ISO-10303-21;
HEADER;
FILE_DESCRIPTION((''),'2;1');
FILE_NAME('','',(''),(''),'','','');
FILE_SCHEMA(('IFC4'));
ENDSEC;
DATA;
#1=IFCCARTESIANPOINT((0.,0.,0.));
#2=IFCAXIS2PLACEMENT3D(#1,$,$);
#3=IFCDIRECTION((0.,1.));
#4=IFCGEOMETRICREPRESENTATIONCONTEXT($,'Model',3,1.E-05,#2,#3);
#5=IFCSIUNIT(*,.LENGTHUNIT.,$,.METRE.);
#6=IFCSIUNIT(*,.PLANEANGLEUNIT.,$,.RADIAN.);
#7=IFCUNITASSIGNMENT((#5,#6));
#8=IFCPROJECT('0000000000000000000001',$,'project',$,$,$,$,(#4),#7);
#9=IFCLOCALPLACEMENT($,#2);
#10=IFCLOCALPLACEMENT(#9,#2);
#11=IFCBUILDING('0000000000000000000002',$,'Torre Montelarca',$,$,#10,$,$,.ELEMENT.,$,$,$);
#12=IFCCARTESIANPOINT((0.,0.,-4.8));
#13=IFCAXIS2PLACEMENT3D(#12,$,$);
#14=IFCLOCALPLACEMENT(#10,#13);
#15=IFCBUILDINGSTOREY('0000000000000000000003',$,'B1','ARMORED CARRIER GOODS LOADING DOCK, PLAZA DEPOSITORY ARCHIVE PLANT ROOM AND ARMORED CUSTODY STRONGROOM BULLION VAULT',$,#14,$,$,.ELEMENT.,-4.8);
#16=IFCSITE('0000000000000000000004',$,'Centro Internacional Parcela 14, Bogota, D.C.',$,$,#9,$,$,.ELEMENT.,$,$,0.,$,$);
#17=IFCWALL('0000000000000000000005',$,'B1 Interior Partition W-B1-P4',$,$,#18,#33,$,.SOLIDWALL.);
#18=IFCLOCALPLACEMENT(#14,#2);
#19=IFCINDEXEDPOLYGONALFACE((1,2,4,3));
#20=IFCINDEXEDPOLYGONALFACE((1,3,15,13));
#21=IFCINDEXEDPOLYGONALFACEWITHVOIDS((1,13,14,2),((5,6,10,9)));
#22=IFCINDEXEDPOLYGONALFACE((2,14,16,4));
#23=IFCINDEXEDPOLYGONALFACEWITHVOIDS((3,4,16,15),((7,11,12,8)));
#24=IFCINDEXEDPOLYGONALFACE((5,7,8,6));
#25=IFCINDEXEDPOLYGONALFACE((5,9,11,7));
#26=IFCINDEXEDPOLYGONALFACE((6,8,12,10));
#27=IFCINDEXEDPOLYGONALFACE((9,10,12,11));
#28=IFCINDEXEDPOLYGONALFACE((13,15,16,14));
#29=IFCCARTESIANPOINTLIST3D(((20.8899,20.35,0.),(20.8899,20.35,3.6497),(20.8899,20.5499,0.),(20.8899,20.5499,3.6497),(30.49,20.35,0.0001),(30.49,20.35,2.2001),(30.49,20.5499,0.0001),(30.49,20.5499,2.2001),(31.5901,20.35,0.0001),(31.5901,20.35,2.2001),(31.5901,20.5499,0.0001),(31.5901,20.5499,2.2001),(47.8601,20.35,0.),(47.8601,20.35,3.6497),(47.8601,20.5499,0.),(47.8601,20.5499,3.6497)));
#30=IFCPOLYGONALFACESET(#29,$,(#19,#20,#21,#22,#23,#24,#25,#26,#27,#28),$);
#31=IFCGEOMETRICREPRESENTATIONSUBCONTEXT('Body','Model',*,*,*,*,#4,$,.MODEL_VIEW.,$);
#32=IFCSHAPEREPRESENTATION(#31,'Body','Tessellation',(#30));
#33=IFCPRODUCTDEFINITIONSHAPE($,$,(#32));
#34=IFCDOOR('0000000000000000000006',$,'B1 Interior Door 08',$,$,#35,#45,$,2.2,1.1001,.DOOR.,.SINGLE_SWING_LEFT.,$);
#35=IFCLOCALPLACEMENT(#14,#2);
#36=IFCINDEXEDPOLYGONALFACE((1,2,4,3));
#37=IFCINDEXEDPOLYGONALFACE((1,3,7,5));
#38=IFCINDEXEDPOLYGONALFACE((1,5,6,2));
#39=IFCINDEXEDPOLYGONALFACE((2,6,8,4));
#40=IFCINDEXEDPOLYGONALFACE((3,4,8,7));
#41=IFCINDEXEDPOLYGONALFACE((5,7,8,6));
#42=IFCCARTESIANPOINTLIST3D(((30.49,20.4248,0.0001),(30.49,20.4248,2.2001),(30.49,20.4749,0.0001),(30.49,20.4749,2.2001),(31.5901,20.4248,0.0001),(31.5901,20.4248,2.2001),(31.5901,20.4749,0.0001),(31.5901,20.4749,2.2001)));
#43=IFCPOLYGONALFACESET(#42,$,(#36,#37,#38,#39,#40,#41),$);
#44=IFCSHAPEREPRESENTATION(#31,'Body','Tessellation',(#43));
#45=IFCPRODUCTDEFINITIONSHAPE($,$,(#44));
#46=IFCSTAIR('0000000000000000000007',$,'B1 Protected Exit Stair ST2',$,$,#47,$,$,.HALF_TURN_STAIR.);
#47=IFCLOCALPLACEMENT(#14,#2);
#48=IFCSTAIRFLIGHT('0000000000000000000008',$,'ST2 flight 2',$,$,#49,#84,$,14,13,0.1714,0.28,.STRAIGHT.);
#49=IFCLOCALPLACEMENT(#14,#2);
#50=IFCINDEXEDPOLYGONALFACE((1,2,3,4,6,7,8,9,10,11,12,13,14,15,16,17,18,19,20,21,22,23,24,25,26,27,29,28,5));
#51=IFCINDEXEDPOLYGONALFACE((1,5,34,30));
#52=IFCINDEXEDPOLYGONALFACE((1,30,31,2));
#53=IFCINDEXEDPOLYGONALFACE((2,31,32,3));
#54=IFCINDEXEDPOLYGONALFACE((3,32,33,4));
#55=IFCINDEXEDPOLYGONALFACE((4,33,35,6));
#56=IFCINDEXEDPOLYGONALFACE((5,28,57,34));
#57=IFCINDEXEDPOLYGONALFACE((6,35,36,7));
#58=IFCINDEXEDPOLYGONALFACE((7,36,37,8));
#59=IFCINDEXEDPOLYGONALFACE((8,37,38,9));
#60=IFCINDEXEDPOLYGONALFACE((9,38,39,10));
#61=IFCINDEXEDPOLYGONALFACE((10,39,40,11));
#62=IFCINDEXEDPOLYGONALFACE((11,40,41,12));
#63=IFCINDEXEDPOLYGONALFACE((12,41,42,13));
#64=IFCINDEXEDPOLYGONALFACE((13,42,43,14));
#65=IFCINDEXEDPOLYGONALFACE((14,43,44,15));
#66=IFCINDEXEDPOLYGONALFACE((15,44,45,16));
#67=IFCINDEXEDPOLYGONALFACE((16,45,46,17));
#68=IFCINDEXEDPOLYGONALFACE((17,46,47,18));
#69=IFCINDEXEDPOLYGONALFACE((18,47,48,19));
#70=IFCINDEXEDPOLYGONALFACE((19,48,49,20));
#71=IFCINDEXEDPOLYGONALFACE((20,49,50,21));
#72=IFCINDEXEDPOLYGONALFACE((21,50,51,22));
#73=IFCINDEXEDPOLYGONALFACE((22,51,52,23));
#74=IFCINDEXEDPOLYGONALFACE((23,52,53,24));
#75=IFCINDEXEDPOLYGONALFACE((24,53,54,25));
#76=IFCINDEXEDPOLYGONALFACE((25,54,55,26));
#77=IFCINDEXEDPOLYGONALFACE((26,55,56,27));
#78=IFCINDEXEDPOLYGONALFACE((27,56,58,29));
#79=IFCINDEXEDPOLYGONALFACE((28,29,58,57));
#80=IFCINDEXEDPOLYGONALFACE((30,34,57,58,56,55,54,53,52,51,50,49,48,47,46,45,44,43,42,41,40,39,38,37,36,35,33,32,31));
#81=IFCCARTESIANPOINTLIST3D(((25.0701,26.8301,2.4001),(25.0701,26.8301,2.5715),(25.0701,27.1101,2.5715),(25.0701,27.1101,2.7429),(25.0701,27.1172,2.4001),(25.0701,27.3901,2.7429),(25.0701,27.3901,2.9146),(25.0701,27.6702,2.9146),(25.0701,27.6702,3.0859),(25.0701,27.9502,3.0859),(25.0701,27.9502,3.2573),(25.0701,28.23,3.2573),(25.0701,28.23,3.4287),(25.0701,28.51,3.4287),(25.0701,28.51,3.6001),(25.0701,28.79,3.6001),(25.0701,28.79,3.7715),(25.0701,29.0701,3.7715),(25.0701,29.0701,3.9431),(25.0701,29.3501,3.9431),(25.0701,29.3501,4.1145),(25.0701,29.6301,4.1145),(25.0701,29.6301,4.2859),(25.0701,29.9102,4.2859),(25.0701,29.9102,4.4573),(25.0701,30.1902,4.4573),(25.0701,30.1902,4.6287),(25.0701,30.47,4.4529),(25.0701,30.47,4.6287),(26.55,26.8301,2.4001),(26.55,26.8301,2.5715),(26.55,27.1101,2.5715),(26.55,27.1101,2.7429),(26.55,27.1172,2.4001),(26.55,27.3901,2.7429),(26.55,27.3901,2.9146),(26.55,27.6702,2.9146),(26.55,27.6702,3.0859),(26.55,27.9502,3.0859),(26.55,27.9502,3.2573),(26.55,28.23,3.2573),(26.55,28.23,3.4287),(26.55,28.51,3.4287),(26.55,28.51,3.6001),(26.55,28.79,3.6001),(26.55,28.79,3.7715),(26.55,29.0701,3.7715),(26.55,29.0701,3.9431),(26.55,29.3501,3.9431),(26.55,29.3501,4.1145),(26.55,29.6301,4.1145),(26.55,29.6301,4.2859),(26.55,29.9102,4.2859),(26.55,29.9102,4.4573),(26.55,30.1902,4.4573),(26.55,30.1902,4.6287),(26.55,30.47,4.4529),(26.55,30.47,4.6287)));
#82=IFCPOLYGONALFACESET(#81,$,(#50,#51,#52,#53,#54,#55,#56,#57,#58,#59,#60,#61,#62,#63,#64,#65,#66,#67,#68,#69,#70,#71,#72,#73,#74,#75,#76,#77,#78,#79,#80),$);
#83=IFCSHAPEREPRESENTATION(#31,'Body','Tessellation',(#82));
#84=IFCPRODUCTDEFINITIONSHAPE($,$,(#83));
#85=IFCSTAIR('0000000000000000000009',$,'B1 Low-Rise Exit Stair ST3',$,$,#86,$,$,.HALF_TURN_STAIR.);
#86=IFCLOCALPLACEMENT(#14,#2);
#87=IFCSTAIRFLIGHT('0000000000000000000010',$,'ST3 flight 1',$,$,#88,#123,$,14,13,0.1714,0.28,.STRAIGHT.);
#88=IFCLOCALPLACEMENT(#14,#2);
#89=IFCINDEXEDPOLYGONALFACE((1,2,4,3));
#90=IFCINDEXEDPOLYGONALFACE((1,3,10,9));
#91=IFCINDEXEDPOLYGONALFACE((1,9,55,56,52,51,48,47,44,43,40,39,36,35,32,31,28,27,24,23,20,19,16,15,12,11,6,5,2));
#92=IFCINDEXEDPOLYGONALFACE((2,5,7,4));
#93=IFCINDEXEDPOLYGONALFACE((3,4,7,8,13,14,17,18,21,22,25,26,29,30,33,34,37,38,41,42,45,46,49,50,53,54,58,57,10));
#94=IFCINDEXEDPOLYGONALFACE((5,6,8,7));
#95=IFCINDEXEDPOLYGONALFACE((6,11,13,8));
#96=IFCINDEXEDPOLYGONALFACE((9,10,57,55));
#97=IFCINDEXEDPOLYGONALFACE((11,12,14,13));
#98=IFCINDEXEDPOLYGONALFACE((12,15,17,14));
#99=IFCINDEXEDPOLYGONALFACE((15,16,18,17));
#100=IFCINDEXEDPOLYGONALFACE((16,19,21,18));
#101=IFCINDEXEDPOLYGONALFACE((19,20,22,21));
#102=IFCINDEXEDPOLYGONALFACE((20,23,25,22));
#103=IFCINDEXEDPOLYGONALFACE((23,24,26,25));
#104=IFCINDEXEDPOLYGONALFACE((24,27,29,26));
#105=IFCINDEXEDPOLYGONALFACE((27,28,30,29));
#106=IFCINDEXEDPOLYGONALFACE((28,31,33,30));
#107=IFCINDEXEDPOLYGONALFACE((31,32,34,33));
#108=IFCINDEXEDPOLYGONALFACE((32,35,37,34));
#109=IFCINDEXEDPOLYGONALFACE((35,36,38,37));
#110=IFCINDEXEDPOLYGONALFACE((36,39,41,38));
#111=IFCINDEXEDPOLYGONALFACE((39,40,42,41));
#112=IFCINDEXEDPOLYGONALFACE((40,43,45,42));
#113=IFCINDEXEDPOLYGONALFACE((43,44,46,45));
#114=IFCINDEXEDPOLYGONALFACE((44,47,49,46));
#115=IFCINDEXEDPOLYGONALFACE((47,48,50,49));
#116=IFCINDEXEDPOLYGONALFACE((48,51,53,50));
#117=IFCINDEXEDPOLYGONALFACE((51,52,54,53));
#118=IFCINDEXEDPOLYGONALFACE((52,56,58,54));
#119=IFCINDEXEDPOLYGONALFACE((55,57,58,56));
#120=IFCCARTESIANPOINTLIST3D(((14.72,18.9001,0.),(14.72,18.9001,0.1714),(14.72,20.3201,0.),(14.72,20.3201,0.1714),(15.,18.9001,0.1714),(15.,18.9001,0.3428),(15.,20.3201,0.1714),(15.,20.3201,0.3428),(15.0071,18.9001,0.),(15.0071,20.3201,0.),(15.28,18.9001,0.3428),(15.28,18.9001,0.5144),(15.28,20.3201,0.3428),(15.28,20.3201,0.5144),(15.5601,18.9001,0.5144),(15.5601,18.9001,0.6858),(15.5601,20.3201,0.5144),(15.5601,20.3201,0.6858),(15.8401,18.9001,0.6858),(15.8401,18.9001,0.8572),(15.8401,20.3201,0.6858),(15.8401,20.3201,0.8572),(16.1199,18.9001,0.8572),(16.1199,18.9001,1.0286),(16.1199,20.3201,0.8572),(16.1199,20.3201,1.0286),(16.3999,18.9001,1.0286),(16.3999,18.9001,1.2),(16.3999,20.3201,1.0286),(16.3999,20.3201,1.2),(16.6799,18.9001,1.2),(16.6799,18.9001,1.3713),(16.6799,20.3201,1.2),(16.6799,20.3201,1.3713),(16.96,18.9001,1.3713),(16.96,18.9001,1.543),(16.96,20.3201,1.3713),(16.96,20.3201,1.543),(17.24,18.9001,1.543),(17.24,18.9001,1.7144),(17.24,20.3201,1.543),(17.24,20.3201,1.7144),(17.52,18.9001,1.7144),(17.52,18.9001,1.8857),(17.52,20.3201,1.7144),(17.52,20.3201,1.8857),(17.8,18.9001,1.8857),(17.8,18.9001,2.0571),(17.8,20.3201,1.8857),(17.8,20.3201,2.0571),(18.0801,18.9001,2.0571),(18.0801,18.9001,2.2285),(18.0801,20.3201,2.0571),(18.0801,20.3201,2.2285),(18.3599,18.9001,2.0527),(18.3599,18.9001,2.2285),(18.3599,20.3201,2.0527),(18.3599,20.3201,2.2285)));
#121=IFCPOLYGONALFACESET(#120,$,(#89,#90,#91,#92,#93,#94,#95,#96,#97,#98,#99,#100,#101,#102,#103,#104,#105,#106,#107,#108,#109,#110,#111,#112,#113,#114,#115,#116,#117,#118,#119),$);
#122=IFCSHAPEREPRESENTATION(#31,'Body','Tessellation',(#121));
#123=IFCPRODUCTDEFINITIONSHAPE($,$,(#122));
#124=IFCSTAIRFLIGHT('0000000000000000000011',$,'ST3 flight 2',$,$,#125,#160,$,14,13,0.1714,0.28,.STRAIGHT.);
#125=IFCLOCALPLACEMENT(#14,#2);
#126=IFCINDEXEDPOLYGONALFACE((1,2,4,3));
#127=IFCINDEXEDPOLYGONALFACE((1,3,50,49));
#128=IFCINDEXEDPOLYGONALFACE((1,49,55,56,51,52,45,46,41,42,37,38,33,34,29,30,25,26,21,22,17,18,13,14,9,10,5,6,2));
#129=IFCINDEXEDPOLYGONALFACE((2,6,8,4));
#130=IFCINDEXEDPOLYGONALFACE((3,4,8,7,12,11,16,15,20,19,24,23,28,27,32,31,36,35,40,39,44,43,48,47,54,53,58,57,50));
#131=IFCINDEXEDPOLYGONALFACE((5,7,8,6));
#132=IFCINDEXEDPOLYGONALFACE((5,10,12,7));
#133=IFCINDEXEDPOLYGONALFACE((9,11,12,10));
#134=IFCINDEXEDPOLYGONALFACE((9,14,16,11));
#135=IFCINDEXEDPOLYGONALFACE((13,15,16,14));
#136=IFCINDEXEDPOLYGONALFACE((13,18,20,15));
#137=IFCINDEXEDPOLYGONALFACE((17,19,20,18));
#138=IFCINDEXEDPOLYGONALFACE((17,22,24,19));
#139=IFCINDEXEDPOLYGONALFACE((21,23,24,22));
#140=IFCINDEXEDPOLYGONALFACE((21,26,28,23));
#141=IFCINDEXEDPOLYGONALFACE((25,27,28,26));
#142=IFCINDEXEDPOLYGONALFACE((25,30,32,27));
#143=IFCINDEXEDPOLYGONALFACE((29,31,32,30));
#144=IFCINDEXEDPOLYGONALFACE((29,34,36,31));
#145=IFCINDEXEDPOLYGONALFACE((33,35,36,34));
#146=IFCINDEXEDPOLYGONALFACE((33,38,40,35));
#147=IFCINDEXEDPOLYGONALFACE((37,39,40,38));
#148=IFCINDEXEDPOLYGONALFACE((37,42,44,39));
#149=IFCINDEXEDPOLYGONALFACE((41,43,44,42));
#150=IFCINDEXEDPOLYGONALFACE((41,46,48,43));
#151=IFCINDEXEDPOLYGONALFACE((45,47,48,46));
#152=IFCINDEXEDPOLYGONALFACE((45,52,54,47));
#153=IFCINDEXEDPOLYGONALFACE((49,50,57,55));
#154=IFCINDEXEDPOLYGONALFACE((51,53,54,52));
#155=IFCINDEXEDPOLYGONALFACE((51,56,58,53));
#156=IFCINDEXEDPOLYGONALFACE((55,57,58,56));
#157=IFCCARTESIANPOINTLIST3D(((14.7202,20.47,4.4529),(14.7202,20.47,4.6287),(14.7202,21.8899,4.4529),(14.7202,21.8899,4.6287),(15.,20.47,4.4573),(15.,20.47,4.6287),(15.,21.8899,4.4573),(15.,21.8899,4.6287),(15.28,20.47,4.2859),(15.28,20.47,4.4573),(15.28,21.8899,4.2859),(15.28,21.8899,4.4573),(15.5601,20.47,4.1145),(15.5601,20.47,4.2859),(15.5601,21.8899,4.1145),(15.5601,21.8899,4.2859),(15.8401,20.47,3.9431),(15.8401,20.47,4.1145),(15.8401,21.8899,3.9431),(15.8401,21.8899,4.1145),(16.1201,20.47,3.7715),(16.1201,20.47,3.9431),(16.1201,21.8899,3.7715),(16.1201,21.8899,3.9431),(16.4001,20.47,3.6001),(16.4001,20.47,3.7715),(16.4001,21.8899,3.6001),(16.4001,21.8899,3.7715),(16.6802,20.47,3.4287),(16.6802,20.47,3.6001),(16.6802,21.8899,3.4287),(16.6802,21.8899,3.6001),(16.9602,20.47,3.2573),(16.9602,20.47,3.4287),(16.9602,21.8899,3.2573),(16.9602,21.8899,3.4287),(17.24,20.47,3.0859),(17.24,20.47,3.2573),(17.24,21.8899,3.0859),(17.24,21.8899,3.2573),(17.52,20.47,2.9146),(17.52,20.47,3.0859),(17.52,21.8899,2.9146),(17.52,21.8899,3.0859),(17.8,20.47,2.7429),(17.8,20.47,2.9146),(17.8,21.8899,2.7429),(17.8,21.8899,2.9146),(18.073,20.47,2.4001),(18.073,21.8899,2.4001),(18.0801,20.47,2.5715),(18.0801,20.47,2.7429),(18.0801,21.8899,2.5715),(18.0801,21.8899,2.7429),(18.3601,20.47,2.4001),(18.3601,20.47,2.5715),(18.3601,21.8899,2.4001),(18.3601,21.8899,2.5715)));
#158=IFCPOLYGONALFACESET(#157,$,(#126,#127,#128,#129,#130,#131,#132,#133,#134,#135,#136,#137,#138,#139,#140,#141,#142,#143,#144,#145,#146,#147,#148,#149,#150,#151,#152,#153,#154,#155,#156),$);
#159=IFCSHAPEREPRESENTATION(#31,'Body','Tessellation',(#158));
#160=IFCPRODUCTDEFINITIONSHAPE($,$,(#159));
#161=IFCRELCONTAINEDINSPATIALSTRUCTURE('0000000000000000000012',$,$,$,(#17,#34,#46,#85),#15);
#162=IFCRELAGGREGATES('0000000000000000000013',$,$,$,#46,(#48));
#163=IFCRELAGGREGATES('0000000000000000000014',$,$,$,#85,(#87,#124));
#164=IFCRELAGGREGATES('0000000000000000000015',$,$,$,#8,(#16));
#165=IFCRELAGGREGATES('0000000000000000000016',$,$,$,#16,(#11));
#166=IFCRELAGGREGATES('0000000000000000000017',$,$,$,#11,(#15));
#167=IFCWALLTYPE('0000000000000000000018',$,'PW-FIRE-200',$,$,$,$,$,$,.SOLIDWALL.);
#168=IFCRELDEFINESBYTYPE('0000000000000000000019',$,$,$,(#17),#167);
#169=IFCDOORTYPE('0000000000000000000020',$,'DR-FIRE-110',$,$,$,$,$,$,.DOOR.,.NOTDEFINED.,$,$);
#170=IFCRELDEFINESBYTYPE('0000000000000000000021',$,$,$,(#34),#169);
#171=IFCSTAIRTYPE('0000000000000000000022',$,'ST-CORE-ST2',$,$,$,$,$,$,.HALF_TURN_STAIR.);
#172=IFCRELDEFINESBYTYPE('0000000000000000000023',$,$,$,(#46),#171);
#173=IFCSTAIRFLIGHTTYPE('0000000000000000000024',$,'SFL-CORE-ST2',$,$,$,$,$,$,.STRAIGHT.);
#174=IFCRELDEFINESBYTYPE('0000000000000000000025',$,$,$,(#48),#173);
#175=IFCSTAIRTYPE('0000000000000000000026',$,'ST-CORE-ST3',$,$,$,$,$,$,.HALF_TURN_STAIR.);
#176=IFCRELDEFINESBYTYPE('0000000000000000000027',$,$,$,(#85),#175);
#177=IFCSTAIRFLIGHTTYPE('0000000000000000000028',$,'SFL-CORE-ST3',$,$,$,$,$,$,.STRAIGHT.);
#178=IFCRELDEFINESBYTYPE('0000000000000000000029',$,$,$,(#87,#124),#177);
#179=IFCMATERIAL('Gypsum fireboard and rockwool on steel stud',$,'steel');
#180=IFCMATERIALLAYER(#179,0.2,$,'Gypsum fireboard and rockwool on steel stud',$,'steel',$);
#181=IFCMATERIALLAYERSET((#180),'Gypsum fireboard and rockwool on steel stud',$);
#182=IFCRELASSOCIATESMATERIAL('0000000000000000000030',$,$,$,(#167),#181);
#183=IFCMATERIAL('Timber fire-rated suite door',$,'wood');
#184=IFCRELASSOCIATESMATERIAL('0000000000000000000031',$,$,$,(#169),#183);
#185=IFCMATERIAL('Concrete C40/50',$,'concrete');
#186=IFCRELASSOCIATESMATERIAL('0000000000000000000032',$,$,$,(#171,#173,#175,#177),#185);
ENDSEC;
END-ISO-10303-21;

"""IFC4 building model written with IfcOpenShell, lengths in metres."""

from ifc_helpers import new_model, si_unit, direction, frame, frame_2d, origin, place, context, subcontext, project, spatial, polyline, rectangle, outline, extrude, source, transform, mapped, material, layer, layer_set, type_object, element, fill, aggregate, save


model = new_model("IFC4")

# Units and contexts
model_context = context("Model", 3, precision=1e-05, world=origin(), true_north=direction((0.0, 1.0)))
body_context = subcontext(model_context, "Body", "Model", "MODEL_VIEW")
ifc_project = project(units=[si_unit("LENGTHUNIT", "METRE"), si_unit("PLANEANGLEUNIT", "RADIAN")], contexts=[model_context])

# Site, building, storey
site_placement = place(None, origin())
site = spatial("IfcSite", under=ifc_project, at=site_placement, Name="Centro Internacional Parcela 14, Bogota, D.C.", CompositionType="ELEMENT", RefElevation=0.0)
building_placement = place(site_placement, origin())
building = spatial("IfcBuilding", under=site, at=building_placement, Name="Torre Montelarca", CompositionType="ELEMENT")
storey_placement = place(building_placement, frame((0.0, 0.0, -4.8)))
storey = spatial("IfcBuildingStorey", under=building, at=storey_placement, Name="B1", Description="ARMORED CARRIER GOODS LOADING DOCK, PLAZA DEPOSITORY ARCHIVE PLANT ROOM AND ARMORED CUSTODY STRONGROOM BULLION VAULT", CompositionType="ELEMENT", Elevation=-4.8)

# Shared definitions
ifc_material_1 = material(Name="Concrete C40/50", Category="concrete")

# Wall, opening, door
ifc_material_2 = material(Name="Gypsum fireboard and rockwool on steel stud", Category="steel")
ifc_layer_1 = layer(ifc_material_2, 0.2, Name="Gypsum fireboard and rockwool on steel stud", Category="steel")
ifc_layer_set_1 = layer_set([ifc_layer_1], Name="Gypsum fireboard and rockwool on steel stud")
wall_type_1 = type_object("IfcWallType", Name="PW-FIRE-200", PredefinedType="SOLIDWALL", material=ifc_layer_set_1)
wall_1_placement = place(storey_placement, frame((20.8899, 20.45, 0.0), z_axis=(0.0, 0.0, 1.0), x_axis=(1.0, 0.0, 0.0)))
wall_1 = element("IfcWall", 1, at=wall_1_placement, inside=storey, type_object=wall_type_1, Name="B1 Interior Partition W-B1-P4", PredefinedType="SOLIDWALL", context=body_context, shape_type="SweptSolid", body=[
    extrude(rectangle(XDim=26.9702, YDim=0.2, at=frame_2d((13.4851, 0.0))), origin(), (0.0, 0.0, 1.0), 3.6497),
])
opening_1_placement = place(wall_1_placement, frame((9.6001, 0.0, 0.0)))
opening_1 = element("IfcOpeningElement", 2, at=opening_1_placement, cuts=wall_1, PredefinedType="OPENING", context=body_context, shape_type="SweptSolid", body=[
    extrude(rectangle(XDim=1.1001, YDim=2.2, at=frame_2d((0.55, 1.1001))), frame((0.0, 0.1099, 0.0), z_axis=(0.0, -1.0, 0.0), x_axis=(1.0, 0.0, 0.0)), (0.0, 0.0, 1.0), 0.22),
])
ifc_material_3 = material(Name="Timber fire-rated suite door", Category="wood")
door_type_1 = type_object("IfcDoorType", Name="DR-FIRE-110", OperationType="NOTDEFINED", PredefinedType="DOOR", material=ifc_material_3)
shared_shape_1 = source(origin(), body_context, "Body", "SweptSolid", [
    extrude(rectangle(XDim=1.1001, YDim=2.2, at=frame_2d((0.55, 1.1001))), frame((0.0, 0.0249, 0.0), z_axis=(0.0, -1.0, 0.0), x_axis=(1.0, 0.0, 0.0)), (0.0, 0.0, 1.0), 0.05),
])
door_1_placement = place(opening_1_placement, origin())
door_1 = element("IfcDoor", 3, at=door_1_placement, inside=storey, type_object=door_type_1, Name="B1 Interior Door 08", OperationType="SINGLE_SWING_LEFT", OverallHeight=2.2, OverallWidth=1.1001, PredefinedType="DOOR", context=body_context, shape_type="MappedRepresentation", body=[
    mapped(shared_shape_1, transform((0.0, 0.0, 0.0), scale=1.0)),
])
fill(opening_1, door_1)

# Stair, stair flight
stair_type_1 = type_object("IfcStairType", Name="ST-CORE-ST2", PredefinedType="HALF_TURN_STAIR", material=ifc_material_1)
stair_1_placement = place(storey_placement, origin())
stair_1 = element("IfcStair", 4, at=stair_1_placement, inside=storey, type_object=stair_type_1, Name="B1 Protected Exit Stair ST2", PredefinedType="HALF_TURN_STAIR")
stair_flight_type_1 = type_object("IfcStairFlightType", Name="SFL-CORE-ST2", PredefinedType="STRAIGHT", material=ifc_material_1)
stair_flight_1_placement = place(storey_placement, frame((25.8101, 26.8301, 2.4001), z_axis=(0.0, 0.0, 1.0), x_axis=(0.0, 1.0, 0.0)))
stair_flight_1 = element("IfcStairFlight", 5, at=stair_flight_1_placement, type_object=stair_flight_type_1, Name="ST2 flight 2", NumberOfRisers=14, NumberOfTreads=13, PredefinedType="STRAIGHT", RiserHeight=0.1714, TreadLength=0.28, context=body_context, shape_type="SweptSolid", body=[
    extrude(outline(polyline([(0.0, 0.0), (0.0, 0.1714), (0.28, 0.1714), (0.28, 0.3428), (0.5601, 0.3428), (0.5601, 0.5144), (0.8401, 0.5144), (0.8401, 0.6858), (1.1201, 0.6858), (1.1201, 0.8572), (1.3999, 0.8572), (1.3999, 1.0286), (1.6799, 1.0286), (1.6799, 1.2), (1.96, 1.2), (1.96, 1.3713), (2.24, 1.3713), (2.24, 1.543), (2.52, 1.543), (2.52, 1.7144), (2.8, 1.7144), (2.8, 1.8857), (3.0801, 1.8857), (3.0801, 2.0571), (3.3601, 2.0571), (3.3601, 2.2285), (3.6399, 2.2285), (3.6399, 2.3999), (3.6399, 2.0527), (0.2871, 0.0), (0.0, 0.0)])), frame((0.0, 0.74, 0.0), z_axis=(0.0, -1.0, 0.0), x_axis=(1.0, 0.0, 0.0)), (0.0, 0.0, 1.0), 1.48),
])
aggregate(stair_1, [stair_flight_1])

# Stair, stair flights
stair_type_2 = type_object("IfcStairType", Name="ST-CORE-ST3", PredefinedType="HALF_TURN_STAIR", material=ifc_material_1)
stair_2_placement = place(storey_placement, origin())
stair_2 = element("IfcStair", 6, at=stair_2_placement, inside=storey, type_object=stair_type_2, Name="B1 Low-Rise Exit Stair ST3", PredefinedType="HALF_TURN_STAIR")
stair_flight_type_2 = type_object("IfcStairFlightType", Name="SFL-CORE-ST3", PredefinedType="STRAIGHT", material=ifc_material_1)
stair_flight_2_placement = place(storey_placement, frame((14.72, 19.6101, 0.0), z_axis=(0.0, 0.0, 1.0), x_axis=(1.0, 0.0, 0.0)))
stair_flight_2 = element("IfcStairFlight", 7, at=stair_flight_2_placement, type_object=stair_flight_type_2, Name="ST3 flight 1", NumberOfRisers=14, NumberOfTreads=13, PredefinedType="STRAIGHT", RiserHeight=0.1714, TreadLength=0.28, context=body_context, shape_type="SweptSolid", body=[
    extrude(outline(polyline([(0.0, 0.0), (0.0, 0.1714), (0.28, 0.1714), (0.28, 0.3428), (0.5601, 0.3428), (0.5601, 0.5144), (0.8401, 0.5144), (0.8401, 0.6858), (1.1201, 0.6858), (1.1201, 0.8572), (1.3999, 0.8572), (1.3999, 1.0286), (1.6799, 1.0286), (1.6799, 1.2), (1.96, 1.2), (1.96, 1.3713), (2.24, 1.3713), (2.24, 1.543), (2.52, 1.543), (2.52, 1.7144), (2.8, 1.7144), (2.8, 1.8857), (3.0801, 1.8857), (3.0801, 2.0571), (3.3601, 2.0571), (3.3601, 2.2285), (3.6399, 2.2285), (3.6399, 2.3999), (3.6399, 2.0527), (0.2871, 0.0), (0.0, 0.0)])), frame((0.0, 0.71, 0.0), z_axis=(0.0, -1.0, 0.0), x_axis=(1.0, 0.0, 0.0)), (0.0, 0.0, 1.0), 1.4199),
])
stair_flight_3_placement = place(storey_placement, frame((18.3601, 21.1799, 2.4001), z_axis=(0.0, 0.0, 1.0), x_axis=(-1.0, 0.0, 0.0)))
stair_flight_3 = element("IfcStairFlight", 8, at=stair_flight_3_placement, type_object=stair_flight_type_2, Name="ST3 flight 2", NumberOfRisers=14, NumberOfTreads=13, PredefinedType="STRAIGHT", RiserHeight=0.1714, TreadLength=0.28, context=body_context, shape_type="SweptSolid", body=[
    extrude(outline(polyline([(0.0, 0.0), (0.0, 0.1714), (0.28, 0.1714), (0.28, 0.3428), (0.5601, 0.3428), (0.5601, 0.5144), (0.8401, 0.5144), (0.8401, 0.6858), (1.1201, 0.6858), (1.1201, 0.8572), (1.3999, 0.8572), (1.3999, 1.0286), (1.6799, 1.0286), (1.6799, 1.2), (1.96, 1.2), (1.96, 1.3713), (2.24, 1.3713), (2.24, 1.543), (2.52, 1.543), (2.52, 1.7144), (2.8, 1.7144), (2.8, 1.8857), (3.0801, 1.8857), (3.0801, 2.0571), (3.3601, 2.0571), (3.3601, 2.2285), (3.6399, 2.2285), (3.6399, 2.3999), (3.6399, 2.0527), (0.2871, 0.0), (0.0, 0.0)])), frame((0.0, 0.71, 0.0), z_axis=(0.0, -1.0, 0.0), x_axis=(1.0, 0.0, 0.0)), (0.0, 0.0, 1.0), 1.4199),
])
aggregate(stair_2, [stair_flight_2, stair_flight_3])

save(model, "model.ifc")
